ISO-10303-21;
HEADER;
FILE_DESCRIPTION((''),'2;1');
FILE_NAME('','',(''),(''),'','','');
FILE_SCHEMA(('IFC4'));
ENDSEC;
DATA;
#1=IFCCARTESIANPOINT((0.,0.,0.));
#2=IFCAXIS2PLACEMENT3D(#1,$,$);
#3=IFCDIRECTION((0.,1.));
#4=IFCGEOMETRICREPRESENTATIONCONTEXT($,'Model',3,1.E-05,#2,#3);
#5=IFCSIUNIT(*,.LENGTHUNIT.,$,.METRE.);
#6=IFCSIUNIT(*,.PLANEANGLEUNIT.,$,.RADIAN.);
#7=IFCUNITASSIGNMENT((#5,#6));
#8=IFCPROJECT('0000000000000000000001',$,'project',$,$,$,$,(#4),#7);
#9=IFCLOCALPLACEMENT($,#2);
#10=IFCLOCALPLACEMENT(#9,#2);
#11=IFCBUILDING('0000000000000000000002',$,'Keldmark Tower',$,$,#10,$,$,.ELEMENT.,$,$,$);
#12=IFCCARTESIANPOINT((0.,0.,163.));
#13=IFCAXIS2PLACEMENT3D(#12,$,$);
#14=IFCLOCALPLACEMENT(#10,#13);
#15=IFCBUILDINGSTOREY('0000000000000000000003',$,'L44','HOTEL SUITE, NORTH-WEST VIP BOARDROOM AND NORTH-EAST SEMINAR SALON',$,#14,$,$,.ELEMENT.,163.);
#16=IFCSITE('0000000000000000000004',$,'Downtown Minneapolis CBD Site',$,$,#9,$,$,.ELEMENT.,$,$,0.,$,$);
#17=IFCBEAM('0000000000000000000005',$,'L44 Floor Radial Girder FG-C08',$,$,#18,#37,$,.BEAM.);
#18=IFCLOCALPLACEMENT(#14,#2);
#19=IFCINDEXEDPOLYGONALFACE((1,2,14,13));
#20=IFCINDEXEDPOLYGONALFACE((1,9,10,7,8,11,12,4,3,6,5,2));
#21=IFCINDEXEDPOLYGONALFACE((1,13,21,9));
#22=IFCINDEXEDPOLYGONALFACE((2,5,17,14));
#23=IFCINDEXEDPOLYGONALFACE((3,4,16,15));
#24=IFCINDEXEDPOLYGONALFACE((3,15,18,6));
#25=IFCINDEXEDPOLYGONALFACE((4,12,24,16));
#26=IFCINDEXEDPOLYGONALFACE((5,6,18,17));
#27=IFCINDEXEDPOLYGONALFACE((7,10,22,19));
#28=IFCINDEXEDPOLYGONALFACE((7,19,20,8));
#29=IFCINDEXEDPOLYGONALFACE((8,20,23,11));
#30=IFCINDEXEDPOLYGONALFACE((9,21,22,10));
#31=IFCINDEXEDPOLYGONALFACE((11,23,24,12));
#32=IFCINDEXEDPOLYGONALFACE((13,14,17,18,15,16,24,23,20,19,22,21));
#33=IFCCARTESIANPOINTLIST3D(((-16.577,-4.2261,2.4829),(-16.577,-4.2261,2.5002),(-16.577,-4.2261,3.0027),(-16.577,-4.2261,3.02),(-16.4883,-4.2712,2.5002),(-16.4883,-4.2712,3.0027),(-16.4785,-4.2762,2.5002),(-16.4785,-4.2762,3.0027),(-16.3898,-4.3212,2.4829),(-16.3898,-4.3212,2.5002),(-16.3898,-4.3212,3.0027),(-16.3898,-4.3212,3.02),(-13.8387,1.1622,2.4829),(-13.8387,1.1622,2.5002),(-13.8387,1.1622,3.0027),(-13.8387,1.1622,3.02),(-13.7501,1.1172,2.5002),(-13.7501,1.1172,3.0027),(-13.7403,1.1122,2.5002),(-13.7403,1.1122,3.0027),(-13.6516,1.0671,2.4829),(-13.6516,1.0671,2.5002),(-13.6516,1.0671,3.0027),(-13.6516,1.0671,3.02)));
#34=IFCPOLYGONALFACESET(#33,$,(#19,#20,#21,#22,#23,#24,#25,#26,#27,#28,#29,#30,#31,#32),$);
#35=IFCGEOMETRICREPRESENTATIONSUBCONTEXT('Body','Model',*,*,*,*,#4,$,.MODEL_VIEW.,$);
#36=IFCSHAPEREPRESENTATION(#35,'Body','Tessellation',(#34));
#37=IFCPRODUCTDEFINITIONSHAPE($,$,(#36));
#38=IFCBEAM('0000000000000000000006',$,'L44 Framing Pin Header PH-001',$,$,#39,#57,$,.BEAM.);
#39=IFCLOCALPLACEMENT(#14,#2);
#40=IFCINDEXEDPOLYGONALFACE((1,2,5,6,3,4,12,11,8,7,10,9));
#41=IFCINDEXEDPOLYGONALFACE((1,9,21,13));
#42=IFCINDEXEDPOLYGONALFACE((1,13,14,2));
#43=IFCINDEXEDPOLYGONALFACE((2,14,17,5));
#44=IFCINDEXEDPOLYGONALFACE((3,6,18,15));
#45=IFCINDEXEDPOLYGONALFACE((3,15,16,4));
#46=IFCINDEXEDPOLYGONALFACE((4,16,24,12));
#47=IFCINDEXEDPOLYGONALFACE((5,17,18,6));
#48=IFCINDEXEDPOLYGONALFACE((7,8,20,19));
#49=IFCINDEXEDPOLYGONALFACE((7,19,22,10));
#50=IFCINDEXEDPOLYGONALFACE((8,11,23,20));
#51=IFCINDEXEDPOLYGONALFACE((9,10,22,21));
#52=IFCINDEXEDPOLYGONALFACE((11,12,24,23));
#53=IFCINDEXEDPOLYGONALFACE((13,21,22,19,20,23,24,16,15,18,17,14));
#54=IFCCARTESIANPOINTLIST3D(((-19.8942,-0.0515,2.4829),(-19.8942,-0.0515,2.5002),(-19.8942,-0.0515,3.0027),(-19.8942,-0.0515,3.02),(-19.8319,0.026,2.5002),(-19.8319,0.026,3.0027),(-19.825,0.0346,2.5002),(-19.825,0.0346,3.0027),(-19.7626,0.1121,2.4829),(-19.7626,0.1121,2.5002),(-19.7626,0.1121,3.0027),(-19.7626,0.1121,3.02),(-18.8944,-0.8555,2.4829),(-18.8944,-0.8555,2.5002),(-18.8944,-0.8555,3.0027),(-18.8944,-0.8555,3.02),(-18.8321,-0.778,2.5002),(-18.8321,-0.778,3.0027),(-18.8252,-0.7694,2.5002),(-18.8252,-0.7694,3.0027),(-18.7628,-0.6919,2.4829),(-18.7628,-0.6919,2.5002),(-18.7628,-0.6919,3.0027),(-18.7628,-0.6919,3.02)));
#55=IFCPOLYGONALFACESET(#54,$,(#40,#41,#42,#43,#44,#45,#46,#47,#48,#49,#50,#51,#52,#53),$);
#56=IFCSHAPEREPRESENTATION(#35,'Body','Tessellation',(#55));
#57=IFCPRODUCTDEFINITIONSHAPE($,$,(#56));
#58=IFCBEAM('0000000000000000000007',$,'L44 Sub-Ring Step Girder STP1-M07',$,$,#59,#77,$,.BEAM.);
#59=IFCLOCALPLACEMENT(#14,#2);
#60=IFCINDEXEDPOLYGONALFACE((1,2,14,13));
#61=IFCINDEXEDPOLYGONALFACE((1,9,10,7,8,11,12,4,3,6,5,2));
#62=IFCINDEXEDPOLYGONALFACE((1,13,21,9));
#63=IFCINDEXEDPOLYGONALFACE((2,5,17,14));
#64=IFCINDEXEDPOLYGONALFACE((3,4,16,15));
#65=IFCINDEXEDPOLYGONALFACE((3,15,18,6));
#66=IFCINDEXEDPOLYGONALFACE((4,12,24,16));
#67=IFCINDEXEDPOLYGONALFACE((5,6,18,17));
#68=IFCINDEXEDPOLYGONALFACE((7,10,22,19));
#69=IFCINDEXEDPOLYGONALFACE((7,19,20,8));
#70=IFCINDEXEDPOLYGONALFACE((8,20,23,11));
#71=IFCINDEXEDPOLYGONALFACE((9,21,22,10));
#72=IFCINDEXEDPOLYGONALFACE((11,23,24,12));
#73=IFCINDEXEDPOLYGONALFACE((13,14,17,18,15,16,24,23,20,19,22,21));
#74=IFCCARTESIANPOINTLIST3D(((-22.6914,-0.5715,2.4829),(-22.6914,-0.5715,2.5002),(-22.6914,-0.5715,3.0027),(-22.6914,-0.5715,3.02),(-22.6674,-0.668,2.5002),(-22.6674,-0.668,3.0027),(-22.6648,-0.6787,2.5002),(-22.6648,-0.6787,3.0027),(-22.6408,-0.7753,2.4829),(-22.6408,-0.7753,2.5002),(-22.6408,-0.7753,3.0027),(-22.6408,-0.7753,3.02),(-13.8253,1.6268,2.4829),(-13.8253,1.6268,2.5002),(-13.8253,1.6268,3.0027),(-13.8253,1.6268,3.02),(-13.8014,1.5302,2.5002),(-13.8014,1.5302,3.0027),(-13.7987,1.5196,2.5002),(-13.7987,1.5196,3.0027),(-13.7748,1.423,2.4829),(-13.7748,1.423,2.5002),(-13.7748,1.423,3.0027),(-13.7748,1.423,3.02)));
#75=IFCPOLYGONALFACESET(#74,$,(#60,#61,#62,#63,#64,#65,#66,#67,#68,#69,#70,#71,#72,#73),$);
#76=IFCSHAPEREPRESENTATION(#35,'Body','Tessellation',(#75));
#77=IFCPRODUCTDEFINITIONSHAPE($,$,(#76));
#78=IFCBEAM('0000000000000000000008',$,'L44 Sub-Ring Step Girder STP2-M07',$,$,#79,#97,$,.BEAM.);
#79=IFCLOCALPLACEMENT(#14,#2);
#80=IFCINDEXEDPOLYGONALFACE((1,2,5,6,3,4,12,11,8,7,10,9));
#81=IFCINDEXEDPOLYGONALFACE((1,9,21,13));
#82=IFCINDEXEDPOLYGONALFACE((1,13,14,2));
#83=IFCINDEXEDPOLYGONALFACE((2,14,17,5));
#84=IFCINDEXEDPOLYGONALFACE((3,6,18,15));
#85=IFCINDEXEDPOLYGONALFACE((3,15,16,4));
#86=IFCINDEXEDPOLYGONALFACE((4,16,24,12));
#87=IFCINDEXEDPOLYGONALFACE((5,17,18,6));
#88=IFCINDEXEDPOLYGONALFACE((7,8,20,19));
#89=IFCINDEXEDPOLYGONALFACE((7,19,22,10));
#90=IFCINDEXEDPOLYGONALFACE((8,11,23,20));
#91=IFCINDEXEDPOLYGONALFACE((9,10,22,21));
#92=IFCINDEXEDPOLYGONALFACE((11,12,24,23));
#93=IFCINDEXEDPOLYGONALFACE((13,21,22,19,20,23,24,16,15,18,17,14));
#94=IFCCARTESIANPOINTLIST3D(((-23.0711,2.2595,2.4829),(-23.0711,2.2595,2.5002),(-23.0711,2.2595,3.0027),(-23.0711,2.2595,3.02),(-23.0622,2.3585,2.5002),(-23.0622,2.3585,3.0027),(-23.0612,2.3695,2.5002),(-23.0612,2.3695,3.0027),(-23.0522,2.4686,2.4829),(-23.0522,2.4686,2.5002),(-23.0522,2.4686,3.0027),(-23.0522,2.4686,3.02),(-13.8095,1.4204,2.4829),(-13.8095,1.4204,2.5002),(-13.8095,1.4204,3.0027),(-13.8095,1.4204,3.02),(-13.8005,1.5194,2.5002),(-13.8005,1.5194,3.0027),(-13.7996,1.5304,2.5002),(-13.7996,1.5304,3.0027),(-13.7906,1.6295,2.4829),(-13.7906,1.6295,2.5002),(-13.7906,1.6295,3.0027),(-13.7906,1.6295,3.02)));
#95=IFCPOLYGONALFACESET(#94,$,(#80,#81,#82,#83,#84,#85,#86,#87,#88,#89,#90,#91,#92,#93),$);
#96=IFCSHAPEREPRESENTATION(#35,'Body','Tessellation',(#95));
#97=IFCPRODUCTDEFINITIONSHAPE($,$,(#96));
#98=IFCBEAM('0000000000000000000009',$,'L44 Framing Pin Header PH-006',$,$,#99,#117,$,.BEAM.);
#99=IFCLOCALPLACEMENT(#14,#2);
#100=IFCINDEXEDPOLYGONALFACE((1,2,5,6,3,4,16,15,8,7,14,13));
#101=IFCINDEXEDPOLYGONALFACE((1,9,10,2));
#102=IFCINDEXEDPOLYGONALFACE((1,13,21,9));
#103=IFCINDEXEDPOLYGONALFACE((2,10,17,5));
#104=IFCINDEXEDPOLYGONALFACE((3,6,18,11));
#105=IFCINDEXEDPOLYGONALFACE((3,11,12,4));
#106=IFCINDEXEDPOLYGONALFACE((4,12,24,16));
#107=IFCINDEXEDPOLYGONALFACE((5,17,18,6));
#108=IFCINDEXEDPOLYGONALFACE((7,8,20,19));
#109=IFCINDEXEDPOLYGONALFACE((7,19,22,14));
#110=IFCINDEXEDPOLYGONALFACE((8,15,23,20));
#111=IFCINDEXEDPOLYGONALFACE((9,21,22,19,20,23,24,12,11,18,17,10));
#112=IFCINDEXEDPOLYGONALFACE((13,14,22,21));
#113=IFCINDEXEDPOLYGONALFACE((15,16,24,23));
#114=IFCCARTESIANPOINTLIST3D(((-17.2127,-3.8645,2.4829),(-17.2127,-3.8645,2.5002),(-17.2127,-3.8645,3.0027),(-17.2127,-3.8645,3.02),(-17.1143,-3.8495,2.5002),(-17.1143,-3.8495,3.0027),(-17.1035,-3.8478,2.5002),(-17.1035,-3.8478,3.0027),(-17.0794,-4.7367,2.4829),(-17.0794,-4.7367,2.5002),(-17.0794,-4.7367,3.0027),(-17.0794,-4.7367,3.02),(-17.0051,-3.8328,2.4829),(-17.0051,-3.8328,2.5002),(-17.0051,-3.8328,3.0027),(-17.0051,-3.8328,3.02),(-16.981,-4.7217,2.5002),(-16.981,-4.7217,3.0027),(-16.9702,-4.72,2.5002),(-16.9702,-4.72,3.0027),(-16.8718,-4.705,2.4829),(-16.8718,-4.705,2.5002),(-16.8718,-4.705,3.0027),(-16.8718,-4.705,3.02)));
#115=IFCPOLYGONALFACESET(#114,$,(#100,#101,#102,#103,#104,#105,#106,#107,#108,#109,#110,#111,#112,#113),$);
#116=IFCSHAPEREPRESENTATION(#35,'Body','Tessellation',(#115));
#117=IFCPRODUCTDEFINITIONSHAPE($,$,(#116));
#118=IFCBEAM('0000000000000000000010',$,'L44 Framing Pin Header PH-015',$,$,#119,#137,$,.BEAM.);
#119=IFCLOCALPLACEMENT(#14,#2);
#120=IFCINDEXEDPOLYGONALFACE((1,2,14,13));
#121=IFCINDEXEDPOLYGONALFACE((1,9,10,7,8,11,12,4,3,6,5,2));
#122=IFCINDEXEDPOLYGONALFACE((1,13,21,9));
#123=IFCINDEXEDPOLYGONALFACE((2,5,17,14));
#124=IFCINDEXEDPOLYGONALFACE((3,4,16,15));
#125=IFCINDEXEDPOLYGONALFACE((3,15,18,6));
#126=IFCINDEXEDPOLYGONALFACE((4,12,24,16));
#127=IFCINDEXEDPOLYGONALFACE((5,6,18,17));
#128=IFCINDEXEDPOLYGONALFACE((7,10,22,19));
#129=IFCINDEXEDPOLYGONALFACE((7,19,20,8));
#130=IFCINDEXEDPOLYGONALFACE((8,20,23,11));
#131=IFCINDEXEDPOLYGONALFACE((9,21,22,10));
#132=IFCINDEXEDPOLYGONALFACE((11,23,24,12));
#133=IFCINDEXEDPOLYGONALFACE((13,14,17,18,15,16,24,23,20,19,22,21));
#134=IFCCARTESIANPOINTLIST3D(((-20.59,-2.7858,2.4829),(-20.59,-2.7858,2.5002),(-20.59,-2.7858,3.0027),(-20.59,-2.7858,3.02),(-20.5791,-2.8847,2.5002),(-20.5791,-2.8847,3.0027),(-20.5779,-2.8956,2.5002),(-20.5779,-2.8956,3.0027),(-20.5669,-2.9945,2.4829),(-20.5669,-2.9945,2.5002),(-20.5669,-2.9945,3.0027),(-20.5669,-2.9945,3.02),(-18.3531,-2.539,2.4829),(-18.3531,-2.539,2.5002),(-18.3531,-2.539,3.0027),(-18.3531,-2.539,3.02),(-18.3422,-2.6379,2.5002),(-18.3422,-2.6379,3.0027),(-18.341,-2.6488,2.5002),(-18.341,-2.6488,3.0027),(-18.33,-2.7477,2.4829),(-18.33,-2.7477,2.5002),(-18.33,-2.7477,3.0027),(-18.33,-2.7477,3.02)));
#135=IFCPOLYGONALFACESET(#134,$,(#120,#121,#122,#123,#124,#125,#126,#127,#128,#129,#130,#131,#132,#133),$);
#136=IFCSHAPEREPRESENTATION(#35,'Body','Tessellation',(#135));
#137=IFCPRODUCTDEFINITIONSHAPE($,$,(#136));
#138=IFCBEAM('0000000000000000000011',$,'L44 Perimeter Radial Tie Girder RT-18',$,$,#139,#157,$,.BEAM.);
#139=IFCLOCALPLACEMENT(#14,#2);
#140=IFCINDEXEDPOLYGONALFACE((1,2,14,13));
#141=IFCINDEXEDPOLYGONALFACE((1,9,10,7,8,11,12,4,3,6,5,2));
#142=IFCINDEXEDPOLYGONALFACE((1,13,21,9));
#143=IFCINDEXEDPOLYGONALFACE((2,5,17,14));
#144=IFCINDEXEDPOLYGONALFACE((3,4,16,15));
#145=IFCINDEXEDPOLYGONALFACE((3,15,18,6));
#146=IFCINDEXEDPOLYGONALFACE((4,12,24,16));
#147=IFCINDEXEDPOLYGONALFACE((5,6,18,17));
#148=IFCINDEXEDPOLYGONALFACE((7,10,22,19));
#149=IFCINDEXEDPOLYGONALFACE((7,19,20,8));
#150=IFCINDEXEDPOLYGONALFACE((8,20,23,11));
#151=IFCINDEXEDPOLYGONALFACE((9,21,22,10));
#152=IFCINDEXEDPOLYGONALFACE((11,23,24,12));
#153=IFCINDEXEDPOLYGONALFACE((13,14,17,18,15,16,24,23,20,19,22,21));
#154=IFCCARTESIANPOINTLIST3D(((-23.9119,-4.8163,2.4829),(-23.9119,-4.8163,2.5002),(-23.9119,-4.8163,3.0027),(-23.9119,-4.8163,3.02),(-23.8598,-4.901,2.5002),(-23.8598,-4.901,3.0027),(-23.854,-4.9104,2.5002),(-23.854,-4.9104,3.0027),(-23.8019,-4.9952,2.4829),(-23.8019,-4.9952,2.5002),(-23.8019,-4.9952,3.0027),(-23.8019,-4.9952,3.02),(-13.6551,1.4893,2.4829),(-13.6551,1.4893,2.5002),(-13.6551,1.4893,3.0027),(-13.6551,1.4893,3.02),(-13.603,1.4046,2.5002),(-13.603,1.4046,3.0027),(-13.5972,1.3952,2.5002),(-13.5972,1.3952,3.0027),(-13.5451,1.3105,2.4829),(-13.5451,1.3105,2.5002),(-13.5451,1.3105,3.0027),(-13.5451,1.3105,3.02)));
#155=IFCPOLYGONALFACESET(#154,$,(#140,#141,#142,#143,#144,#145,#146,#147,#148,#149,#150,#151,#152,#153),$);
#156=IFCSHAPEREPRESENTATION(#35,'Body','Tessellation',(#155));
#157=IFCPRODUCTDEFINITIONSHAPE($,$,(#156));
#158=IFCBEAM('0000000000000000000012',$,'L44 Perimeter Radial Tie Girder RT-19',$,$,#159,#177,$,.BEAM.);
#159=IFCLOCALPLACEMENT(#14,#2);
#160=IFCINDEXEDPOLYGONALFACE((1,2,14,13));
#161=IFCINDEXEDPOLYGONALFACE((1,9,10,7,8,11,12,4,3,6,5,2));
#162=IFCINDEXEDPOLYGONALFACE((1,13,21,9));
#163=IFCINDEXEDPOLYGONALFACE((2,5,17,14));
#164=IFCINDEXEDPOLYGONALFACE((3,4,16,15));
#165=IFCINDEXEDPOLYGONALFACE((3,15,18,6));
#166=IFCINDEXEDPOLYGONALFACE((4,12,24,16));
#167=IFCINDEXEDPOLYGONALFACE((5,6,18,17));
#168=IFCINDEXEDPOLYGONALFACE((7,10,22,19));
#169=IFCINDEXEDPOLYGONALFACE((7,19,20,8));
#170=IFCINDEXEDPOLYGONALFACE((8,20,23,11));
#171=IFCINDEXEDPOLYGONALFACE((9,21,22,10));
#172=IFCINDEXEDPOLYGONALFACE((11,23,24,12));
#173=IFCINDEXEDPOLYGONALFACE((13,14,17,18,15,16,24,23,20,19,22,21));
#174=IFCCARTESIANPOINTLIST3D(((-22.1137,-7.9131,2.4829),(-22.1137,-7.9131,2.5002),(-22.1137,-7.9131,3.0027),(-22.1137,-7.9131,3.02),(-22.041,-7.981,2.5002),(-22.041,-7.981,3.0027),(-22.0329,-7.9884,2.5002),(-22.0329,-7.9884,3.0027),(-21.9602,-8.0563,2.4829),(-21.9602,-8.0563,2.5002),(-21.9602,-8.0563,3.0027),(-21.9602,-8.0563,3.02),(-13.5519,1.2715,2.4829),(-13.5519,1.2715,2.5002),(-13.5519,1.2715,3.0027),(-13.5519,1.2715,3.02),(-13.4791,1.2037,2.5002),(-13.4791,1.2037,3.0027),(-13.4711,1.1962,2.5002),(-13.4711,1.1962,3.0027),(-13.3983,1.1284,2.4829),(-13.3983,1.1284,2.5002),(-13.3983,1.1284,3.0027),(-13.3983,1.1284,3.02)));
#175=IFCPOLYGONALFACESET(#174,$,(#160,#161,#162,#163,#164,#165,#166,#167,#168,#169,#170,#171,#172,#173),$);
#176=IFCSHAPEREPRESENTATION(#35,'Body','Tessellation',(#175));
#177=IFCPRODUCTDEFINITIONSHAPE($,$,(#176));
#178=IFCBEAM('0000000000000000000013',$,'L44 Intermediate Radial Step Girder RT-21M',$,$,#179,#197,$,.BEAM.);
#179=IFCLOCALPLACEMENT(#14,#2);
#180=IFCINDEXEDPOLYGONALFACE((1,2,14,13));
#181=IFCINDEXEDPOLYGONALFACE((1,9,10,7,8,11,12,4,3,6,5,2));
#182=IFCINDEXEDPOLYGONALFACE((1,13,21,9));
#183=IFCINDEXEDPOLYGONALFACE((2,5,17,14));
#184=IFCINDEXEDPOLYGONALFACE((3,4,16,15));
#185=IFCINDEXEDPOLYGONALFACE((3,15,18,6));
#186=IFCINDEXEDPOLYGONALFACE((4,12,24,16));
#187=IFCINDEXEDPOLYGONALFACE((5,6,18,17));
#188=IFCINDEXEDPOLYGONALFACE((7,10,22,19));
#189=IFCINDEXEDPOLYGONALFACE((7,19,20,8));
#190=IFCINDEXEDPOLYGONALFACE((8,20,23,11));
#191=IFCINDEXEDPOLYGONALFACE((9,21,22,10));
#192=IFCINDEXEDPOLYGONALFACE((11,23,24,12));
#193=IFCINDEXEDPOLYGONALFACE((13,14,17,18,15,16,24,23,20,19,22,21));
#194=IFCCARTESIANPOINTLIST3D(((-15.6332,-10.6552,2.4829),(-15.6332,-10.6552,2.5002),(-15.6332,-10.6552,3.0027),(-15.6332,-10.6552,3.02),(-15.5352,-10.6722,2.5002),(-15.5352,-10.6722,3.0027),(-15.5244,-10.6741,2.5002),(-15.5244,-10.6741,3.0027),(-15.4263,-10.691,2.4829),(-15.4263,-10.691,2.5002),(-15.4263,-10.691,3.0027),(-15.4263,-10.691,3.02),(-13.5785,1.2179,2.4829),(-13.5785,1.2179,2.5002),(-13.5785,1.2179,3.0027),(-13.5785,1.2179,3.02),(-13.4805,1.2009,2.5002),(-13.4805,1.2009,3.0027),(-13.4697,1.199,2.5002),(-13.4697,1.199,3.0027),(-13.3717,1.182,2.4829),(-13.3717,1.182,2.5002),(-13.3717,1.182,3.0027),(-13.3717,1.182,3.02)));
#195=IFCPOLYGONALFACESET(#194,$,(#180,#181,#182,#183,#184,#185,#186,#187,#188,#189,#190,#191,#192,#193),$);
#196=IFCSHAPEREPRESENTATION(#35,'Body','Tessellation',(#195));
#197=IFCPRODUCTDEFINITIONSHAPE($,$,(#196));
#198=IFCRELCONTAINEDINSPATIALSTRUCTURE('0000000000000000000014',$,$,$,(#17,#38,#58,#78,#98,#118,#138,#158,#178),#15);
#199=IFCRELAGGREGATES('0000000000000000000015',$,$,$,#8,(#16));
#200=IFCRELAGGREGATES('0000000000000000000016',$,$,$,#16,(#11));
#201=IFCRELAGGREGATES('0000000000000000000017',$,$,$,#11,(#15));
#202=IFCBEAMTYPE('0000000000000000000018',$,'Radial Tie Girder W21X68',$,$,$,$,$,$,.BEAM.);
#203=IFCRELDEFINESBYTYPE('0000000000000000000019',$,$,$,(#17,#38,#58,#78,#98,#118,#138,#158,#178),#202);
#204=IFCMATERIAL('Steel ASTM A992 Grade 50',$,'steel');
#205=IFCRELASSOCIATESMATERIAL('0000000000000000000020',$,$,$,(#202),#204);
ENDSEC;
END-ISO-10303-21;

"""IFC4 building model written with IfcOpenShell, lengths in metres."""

from ifc_helpers import new_model, si_unit, direction, frame, origin, origin_2d, place, context, subcontext, project, spatial, i_section, extrude, material, material_profile, profile_set, type_object, element, save


model = new_model("IFC4")

# Units and contexts
model_context = context("Model", 3, precision=1e-05, world=origin(), true_north=direction((0.0, 1.0)))
body_context = subcontext(model_context, "Body", "Model", "MODEL_VIEW")
ifc_project = project(units=[si_unit("LENGTHUNIT", "METRE"), si_unit("PLANEANGLEUNIT", "RADIAN")], contexts=[model_context])

# Site, building, storey
site_placement = place(None, origin())
site = spatial("IfcSite", under=ifc_project, at=site_placement, Name="Downtown Minneapolis CBD Site", CompositionType="ELEMENT", RefElevation=0.0)
building_placement = place(site_placement, origin())
building = spatial("IfcBuilding", under=site, at=building_placement, Name="Keldmark Tower", CompositionType="ELEMENT")
storey_placement = place(building_placement, frame((0.0, 0.0, 163.0)))
storey = spatial("IfcBuildingStorey", under=building, at=storey_placement, Name="L44", Description="HOTEL SUITE, NORTH-WEST VIP BOARDROOM AND NORTH-EAST SEMINAR SALON", CompositionType="ELEMENT", Elevation=163.0)

# Beams
ifc_material_1 = material(Name="Steel ASTM A992 Grade 50", Category="steel")
ifc_material_profile_1 = material_profile(ifc_material_1, i_section(OverallWidth=0.21, OverallDepth=0.5371, WebThickness=0.011, FlangeThickness=0.0173, at=origin_2d()), Name="W21X68")
ifc_profile_set_1 = profile_set([ifc_material_profile_1], Name="Steel ASTM A992 Grade 50")
beam_type_1 = type_object("IfcBeamType", Name="Radial Tie Girder W21X68", PredefinedType="BEAM", material=ifc_profile_set_1)
beam_1_placement = place(storey_placement, frame((-16.4834, -4.2737, 2.7515), z_axis=(0.453037, 0.891492, 0.0), x_axis=(-0.891492, 0.453037, 0.0)))
element("IfcBeam", 1, at=beam_1_placement, inside=storey, type_object=beam_type_1, Name="L44 Floor Radial Girder FG-C08", PredefinedType="BEAM", context=body_context, shape_type="SweptSolid", body=[
    extrude(i_section(OverallWidth=0.21, OverallDepth=0.5371, WebThickness=0.011, FlangeThickness=0.0173, at=origin_2d()), origin(), (0.0, 0.0, 1.0), 6.0442),
])
beam_2_placement = place(storey_placement, frame((-18.8286, -0.7737, 2.7515), z_axis=(-0.779288, 0.626666, 0.0), x_axis=(-0.626666, -0.779288, 0.0)))
element("IfcBeam", 2, at=beam_2_placement, inside=storey, type_object=beam_type_1, Name="L44 Framing Pin Header PH-001", PredefinedType="BEAM", context=body_context, shape_type="SweptSolid", body=[
    extrude(i_section(OverallWidth=0.21, OverallDepth=0.5371, WebThickness=0.011, FlangeThickness=0.0173, at=origin_2d()), origin(), (0.0, 0.0, 1.0), 1.283),
])
beam_3_placement = place(storey_placement, frame((-13.8, 1.5249, 2.7515), z_axis=(-0.970611, -0.240655, 0.0), x_axis=(0.240655, -0.970611, 0.0)))
element("IfcBeam", 3, at=beam_3_placement, inside=storey, type_object=beam_type_1, Name="L44 Sub-Ring Step Girder STP1-M07", PredefinedType="BEAM", context=body_context, shape_type="SweptSolid", body=[
    extrude(i_section(OverallWidth=0.21, OverallDepth=0.5371, WebThickness=0.011, FlangeThickness=0.0173, at=origin_2d()), origin(), (0.0, 0.0, 1.0), 9.1345),
])
beam_4_placement = place(storey_placement, frame((-13.8, 1.5249, 2.7515), z_axis=(-0.995921, 0.09023, 0.0), x_axis=(-0.09023, -0.995921, 0.0)))
element("IfcBeam", 4, at=beam_4_placement, inside=storey, type_object=beam_type_1, Name="L44 Sub-Ring Step Girder STP2-M07", PredefinedType="BEAM", context=body_context, shape_type="SweptSolid", body=[
    extrude(i_section(OverallWidth=0.21, OverallDepth=0.5371, WebThickness=0.011, FlangeThickness=0.0173, at=origin_2d()), origin(), (0.0, 0.0, 1.0), 9.2996),
])
beam_5_placement = place(storey_placement, frame((-17.1089, -3.8486, 2.7515), z_axis=(0.151059, -0.988525, 0.0), x_axis=(0.988525, 0.151059, 0.0)))
element("IfcBeam", 5, at=beam_5_placement, inside=storey, type_object=beam_type_1, Name="L44 Framing Pin Header PH-006", PredefinedType="BEAM", context=body_context, shape_type="SweptSolid", body=[
    extrude(i_section(OverallWidth=0.21, OverallDepth=0.5371, WebThickness=0.011, FlangeThickness=0.0173, at=origin_2d()), origin(), (0.0, 0.0, 1.0), 0.8823),
])
beam_6_placement = place(storey_placement, frame((-18.3416, -2.6433, 2.7515), z_axis=(-0.993967, -0.109681, 0.0), x_axis=(0.109681, -0.993967, 0.0)))
element("IfcBeam", 6, at=beam_6_placement, inside=storey, type_object=beam_type_1, Name="L44 Framing Pin Header PH-015", PredefinedType="BEAM", context=body_context, shape_type="SweptSolid", body=[
    extrude(i_section(OverallWidth=0.21, OverallDepth=0.5371, WebThickness=0.011, FlangeThickness=0.0173, at=origin_2d()), origin(), (0.0, 0.0, 1.0), 2.2505),
])
beam_7_placement = place(storey_placement, frame((-13.6001, 1.3999, 2.7515), z_axis=(-0.851889, -0.523722, 0.0), x_axis=(0.523722, -0.851889, 0.0)))
element("IfcBeam", 7, at=beam_7_placement, inside=storey, type_object=beam_type_1, Name="L44 Perimeter Radial Tie Girder RT-18", PredefinedType="BEAM", context=body_context, shape_type="SweptSolid", body=[
    extrude(i_section(OverallWidth=0.21, OverallDepth=0.5371, WebThickness=0.011, FlangeThickness=0.0173, at=origin_2d()), origin(), (0.0, 0.0, 1.0), 12.04),
])
beam_8_placement = place(storey_placement, frame((-13.4751, 1.2, 2.7515), z_axis=(-0.681871, -0.731472, 0.0), x_axis=(0.731472, -0.681871, 0.0)))
element("IfcBeam", 8, at=beam_8_placement, inside=storey, type_object=beam_type_1, Name="L44 Perimeter Radial Tie Girder RT-19", PredefinedType="BEAM", context=body_context, shape_type="SweptSolid", body=[
    extrude(i_section(OverallWidth=0.21, OverallDepth=0.5371, WebThickness=0.011, FlangeThickness=0.0173, at=origin_2d()), origin(), (0.0, 0.0, 1.0), 12.5564),
])
beam_9_placement = place(storey_placement, frame((-13.4751, 1.2, 2.7515), z_axis=(-0.17052, -0.985354, 0.0), x_axis=(0.985354, -0.17052, 0.0)))
element("IfcBeam", 9, at=beam_9_placement, inside=storey, type_object=beam_type_1, Name="L44 Intermediate Radial Step Girder RT-21M", PredefinedType="BEAM", context=body_context, shape_type="SweptSolid", body=[
    extrude(i_section(OverallWidth=0.21, OverallDepth=0.5371, WebThickness=0.011, FlangeThickness=0.0173, at=origin_2d()), origin(), (0.0, 0.0, 1.0), 12.0496),
])

save(model, "model.ifc")
